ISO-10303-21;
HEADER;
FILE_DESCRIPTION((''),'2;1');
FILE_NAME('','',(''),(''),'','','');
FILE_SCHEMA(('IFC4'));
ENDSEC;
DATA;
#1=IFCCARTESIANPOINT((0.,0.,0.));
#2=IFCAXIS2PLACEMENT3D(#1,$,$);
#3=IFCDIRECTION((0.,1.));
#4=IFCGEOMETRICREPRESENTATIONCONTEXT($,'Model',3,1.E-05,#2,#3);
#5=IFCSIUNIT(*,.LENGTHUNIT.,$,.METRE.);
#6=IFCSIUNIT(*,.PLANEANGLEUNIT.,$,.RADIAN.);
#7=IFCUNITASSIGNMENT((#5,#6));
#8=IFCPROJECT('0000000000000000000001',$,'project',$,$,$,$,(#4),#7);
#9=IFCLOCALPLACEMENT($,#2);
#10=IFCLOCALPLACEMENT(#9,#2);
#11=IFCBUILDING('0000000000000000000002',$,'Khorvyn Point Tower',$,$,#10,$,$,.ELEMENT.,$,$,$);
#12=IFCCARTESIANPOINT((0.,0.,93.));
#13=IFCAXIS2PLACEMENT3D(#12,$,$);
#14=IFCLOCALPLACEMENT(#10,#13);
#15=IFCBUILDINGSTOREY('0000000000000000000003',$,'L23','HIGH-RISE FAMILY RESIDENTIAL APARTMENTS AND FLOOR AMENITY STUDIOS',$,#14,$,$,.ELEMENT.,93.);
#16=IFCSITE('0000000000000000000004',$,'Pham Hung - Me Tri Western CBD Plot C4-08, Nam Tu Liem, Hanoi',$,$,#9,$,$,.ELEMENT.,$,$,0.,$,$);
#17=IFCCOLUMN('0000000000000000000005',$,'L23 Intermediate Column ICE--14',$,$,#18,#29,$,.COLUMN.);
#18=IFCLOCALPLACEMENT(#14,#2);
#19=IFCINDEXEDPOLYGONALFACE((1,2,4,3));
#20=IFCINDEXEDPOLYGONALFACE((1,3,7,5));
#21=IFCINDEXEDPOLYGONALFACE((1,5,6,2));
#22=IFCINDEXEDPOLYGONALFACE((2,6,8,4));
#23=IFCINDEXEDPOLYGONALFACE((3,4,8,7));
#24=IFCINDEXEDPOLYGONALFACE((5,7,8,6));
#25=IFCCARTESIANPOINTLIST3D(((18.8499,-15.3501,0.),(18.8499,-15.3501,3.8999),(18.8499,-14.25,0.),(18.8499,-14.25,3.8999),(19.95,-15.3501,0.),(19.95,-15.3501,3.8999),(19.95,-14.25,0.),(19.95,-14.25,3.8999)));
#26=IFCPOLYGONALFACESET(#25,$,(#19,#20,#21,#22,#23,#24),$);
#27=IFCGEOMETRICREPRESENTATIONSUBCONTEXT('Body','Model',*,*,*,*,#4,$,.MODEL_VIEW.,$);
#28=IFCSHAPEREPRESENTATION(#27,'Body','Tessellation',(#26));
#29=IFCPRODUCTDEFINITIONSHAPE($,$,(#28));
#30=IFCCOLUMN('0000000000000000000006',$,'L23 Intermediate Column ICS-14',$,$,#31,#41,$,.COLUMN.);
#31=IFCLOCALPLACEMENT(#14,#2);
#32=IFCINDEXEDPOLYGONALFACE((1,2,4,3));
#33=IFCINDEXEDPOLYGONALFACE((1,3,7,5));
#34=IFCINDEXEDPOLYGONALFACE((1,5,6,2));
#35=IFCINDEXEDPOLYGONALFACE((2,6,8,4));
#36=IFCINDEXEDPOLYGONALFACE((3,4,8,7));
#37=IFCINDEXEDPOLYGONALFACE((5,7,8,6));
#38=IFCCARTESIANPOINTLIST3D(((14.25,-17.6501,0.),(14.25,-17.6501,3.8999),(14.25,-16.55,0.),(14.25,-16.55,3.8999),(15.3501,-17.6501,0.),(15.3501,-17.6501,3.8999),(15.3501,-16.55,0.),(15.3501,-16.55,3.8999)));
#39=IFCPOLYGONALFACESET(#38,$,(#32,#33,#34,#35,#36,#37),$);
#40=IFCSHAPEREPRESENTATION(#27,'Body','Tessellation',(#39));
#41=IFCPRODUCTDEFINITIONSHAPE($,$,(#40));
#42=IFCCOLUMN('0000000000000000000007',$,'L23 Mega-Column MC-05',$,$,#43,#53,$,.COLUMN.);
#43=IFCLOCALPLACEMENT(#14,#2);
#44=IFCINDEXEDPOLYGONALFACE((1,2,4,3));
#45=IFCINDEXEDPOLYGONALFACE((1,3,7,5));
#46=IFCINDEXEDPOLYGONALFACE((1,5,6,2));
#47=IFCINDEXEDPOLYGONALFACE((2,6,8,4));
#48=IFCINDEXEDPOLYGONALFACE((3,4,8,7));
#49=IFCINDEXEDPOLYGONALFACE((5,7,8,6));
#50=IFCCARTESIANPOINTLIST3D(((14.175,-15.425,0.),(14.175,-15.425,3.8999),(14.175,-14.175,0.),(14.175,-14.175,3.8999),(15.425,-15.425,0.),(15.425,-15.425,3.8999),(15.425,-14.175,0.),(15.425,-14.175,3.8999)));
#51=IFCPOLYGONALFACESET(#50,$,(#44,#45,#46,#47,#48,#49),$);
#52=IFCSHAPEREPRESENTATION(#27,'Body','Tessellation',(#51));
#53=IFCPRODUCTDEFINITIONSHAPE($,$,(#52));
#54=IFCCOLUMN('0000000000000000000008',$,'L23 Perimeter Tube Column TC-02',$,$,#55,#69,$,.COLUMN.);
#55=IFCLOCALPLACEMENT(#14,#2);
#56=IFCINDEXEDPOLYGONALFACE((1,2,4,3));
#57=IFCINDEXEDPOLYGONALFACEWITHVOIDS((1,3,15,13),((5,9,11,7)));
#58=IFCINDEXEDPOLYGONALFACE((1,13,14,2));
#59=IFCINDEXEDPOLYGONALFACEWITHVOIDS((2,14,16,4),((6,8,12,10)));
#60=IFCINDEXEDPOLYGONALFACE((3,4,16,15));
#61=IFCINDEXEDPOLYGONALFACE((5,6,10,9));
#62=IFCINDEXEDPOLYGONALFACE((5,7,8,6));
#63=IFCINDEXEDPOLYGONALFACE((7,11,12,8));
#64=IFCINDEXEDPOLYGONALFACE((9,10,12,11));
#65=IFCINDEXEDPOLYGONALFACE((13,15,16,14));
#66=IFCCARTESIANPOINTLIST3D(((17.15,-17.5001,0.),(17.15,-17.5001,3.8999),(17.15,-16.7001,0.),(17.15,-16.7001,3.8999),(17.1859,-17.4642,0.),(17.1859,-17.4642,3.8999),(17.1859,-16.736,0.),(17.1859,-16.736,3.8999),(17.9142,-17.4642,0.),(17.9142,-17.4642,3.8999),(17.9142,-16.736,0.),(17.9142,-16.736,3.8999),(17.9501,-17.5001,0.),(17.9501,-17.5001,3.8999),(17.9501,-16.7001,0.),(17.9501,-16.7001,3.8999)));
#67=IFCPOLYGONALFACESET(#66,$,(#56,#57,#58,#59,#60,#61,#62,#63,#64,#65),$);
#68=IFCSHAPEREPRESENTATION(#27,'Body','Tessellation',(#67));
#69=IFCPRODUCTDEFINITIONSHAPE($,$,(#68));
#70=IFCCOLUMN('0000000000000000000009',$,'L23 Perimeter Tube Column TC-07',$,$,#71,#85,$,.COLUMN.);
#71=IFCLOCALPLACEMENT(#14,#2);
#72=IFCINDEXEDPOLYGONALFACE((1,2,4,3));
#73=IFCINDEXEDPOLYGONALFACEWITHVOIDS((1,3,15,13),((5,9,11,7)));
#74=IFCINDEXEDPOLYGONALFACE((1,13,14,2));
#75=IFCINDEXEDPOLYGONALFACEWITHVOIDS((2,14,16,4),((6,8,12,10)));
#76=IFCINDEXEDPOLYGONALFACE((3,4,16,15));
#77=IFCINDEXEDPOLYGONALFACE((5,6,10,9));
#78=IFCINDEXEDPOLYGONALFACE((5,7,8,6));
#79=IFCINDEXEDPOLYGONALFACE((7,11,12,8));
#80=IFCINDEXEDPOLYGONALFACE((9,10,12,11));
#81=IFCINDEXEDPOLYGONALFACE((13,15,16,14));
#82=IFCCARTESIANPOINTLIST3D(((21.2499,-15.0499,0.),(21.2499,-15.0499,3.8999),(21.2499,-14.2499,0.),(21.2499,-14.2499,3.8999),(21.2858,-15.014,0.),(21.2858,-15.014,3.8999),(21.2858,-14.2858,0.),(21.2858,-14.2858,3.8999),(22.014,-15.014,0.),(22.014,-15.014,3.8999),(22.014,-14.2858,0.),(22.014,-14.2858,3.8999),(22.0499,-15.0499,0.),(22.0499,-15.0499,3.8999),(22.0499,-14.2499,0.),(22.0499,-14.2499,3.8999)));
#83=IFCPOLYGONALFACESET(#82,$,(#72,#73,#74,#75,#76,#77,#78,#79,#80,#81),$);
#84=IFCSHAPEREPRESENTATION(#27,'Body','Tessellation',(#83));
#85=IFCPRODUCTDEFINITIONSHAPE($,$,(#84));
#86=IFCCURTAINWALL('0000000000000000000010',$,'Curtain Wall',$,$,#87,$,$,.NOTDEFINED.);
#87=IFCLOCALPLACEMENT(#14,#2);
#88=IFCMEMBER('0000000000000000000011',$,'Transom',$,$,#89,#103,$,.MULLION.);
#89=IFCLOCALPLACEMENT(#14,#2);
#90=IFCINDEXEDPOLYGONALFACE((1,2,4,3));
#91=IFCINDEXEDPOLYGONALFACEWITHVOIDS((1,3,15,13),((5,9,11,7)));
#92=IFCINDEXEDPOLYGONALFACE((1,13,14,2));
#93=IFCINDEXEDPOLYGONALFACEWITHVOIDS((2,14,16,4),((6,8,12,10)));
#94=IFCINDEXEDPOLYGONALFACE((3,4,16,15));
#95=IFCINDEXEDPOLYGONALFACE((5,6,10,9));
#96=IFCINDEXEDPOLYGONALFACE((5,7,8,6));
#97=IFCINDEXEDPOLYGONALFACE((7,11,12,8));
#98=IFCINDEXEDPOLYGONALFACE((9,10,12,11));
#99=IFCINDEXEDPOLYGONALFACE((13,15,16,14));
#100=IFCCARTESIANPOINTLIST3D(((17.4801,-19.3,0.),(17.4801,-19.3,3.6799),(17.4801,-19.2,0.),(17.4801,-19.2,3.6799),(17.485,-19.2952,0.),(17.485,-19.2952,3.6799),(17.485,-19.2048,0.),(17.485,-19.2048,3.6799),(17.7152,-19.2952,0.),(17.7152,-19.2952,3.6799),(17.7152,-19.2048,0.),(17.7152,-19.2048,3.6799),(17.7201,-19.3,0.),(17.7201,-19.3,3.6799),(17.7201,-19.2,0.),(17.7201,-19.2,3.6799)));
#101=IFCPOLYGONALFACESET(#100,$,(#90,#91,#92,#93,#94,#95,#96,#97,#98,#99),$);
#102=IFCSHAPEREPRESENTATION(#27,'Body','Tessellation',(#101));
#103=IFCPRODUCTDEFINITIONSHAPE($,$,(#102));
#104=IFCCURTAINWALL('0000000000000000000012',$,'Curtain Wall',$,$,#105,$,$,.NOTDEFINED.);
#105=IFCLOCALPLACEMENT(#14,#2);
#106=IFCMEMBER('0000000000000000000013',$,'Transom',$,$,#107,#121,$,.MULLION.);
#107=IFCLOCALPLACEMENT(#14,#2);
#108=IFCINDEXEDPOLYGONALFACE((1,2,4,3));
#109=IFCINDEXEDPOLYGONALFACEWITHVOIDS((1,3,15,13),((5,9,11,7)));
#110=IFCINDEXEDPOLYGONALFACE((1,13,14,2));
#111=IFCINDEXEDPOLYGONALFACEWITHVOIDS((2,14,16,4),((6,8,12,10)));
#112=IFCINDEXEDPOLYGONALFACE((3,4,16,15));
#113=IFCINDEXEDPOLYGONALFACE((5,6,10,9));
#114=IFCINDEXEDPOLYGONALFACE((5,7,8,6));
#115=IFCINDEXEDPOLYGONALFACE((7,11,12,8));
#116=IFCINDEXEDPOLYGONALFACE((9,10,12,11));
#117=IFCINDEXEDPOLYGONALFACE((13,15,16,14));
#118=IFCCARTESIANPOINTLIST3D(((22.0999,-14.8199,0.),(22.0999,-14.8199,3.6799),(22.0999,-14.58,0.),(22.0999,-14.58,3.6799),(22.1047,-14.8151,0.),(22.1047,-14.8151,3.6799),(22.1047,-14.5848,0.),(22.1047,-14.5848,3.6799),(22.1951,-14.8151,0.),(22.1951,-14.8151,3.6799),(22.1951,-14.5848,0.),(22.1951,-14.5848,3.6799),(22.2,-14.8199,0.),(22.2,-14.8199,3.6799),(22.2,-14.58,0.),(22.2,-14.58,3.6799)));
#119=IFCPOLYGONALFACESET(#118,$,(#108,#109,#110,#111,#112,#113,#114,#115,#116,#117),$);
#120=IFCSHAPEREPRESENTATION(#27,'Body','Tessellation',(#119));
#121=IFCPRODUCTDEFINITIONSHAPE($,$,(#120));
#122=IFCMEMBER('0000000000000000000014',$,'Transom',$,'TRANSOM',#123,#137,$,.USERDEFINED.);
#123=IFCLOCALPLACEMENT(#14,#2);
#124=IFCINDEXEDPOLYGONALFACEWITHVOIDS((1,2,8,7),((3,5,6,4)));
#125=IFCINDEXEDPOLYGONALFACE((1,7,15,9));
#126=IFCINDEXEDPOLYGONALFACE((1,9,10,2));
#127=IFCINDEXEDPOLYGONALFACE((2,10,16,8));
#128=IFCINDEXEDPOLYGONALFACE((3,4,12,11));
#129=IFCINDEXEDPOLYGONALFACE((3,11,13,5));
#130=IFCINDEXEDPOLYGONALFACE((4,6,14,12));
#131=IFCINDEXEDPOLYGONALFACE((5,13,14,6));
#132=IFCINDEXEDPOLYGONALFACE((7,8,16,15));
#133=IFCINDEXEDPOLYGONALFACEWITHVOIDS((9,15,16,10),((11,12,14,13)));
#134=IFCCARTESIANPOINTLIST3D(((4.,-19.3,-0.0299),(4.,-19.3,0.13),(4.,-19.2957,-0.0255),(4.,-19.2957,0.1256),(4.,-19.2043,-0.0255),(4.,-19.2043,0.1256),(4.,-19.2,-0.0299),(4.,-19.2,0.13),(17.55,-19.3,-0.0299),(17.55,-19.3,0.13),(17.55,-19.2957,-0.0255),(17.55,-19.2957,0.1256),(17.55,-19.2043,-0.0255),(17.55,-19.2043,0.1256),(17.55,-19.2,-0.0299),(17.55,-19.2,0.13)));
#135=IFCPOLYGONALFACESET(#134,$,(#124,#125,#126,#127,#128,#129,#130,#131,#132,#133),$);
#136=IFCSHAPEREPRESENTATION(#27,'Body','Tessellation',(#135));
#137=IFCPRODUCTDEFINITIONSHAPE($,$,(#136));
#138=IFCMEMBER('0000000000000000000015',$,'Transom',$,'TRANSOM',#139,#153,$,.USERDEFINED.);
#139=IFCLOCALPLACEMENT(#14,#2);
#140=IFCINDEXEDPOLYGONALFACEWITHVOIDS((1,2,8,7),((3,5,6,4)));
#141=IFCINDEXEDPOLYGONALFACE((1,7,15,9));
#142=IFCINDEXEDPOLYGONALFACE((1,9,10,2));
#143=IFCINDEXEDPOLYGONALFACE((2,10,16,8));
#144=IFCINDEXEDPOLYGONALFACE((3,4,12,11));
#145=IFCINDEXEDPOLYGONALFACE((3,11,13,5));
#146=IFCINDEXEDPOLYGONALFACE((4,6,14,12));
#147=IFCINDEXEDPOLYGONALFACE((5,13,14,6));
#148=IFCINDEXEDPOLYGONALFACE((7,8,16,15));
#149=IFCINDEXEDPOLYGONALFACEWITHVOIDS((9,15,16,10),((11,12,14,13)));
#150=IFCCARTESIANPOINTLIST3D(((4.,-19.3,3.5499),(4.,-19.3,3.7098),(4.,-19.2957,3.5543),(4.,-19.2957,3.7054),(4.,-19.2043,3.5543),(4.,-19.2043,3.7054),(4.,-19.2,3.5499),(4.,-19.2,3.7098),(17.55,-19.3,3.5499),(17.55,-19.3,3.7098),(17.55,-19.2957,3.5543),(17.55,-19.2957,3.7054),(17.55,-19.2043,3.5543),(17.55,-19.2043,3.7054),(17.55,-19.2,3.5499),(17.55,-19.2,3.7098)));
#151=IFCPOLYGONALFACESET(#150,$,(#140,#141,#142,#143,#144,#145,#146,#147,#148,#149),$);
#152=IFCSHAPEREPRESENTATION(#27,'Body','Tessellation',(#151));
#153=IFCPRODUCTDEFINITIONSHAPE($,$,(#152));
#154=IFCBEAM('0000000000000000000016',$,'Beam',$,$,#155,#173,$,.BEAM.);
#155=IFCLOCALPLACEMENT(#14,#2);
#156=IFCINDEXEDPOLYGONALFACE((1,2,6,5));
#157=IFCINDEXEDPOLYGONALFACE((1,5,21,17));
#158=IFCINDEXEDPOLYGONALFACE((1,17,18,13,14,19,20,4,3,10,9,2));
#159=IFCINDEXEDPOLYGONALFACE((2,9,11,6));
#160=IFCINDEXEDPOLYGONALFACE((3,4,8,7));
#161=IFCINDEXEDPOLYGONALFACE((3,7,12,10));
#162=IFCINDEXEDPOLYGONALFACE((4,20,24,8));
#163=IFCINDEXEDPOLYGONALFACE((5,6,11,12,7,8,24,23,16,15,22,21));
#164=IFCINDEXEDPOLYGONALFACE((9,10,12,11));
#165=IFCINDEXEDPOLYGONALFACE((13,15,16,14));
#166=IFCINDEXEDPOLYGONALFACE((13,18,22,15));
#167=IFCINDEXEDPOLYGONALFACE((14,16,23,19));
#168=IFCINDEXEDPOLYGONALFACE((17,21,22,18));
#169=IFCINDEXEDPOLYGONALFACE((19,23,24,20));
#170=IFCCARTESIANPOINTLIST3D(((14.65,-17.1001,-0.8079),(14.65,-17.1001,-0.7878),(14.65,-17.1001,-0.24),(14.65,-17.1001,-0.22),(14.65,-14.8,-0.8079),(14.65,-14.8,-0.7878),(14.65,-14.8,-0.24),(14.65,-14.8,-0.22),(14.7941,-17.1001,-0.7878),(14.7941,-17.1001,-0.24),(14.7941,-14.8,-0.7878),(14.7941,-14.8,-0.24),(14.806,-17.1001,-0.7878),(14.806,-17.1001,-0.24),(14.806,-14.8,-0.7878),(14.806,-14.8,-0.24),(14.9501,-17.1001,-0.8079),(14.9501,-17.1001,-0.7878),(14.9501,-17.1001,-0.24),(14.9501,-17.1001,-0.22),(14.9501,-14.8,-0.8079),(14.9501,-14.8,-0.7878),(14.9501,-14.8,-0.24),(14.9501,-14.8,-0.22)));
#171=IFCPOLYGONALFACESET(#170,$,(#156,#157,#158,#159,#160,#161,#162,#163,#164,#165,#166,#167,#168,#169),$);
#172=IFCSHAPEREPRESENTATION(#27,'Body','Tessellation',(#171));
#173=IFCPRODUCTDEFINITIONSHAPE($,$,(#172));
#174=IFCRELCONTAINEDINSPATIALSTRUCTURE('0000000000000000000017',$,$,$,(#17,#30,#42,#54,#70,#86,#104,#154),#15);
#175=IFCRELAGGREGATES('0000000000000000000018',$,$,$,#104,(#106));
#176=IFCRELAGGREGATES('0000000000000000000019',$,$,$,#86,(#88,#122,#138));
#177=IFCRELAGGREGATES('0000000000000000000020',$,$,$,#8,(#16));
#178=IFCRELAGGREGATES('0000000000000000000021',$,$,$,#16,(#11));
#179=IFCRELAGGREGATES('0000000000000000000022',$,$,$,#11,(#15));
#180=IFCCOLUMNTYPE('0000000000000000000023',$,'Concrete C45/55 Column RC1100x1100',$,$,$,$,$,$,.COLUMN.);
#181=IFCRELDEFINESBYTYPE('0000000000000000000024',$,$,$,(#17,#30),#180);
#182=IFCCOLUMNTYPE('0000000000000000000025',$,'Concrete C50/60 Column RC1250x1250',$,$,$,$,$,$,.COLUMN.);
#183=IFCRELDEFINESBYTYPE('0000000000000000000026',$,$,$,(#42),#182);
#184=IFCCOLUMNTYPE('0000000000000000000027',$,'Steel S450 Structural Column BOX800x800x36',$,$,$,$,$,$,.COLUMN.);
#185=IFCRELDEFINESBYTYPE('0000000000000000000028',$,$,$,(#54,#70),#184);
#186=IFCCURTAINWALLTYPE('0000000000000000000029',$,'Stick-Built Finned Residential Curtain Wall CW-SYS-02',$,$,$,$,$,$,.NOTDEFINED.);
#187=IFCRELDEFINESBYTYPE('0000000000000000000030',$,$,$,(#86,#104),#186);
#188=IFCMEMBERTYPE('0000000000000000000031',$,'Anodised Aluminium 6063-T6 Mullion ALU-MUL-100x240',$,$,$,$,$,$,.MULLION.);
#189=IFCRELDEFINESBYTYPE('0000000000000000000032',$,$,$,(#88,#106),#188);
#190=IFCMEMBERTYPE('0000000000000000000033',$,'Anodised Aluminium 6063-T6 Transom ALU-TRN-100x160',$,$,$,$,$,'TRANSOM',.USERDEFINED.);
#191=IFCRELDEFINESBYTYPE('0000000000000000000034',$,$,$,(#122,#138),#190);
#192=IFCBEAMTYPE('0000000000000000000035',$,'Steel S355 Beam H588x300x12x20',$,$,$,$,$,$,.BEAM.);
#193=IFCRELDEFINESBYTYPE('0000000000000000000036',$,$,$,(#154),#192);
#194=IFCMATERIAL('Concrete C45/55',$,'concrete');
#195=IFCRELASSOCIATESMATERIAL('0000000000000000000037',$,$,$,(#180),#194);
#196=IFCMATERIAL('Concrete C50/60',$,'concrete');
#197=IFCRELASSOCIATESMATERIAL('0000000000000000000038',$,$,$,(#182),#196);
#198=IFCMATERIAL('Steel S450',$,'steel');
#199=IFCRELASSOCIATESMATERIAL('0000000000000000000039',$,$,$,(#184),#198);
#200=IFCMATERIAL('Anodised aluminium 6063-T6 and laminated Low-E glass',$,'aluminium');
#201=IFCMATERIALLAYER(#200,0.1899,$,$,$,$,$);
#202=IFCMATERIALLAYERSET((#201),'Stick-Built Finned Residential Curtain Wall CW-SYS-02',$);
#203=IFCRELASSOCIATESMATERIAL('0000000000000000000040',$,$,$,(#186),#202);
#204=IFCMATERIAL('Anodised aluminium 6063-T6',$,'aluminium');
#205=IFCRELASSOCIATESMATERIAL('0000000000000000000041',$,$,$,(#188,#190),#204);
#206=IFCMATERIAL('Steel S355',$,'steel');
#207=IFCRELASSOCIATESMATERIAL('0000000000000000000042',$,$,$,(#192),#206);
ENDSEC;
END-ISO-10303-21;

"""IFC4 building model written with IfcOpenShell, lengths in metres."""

from ifc_helpers import new_model, si_unit, direction, frame, origin, origin_2d, place, context, subcontext, project, spatial, rectangle, hollow_rectangle, i_section, extrude, material, layer, layer_set, material_profile, profile_set, type_object, element, aggregate, save


model = new_model("IFC4")

# Units and contexts
model_context = context("Model", 3, precision=1e-05, world=origin(), true_north=direction((0.0, 1.0)))
body_context = subcontext(model_context, "Body", "Model", "MODEL_VIEW")
ifc_project = project(units=[si_unit("LENGTHUNIT", "METRE"), si_unit("PLANEANGLEUNIT", "RADIAN")], contexts=[model_context])

# Site, building, storey
site_placement = place(None, origin())
site = spatial("IfcSite", under=ifc_project, at=site_placement, Name="Pham Hung - Me Tri Western CBD Plot C4-08, Nam Tu Liem, Hanoi", CompositionType="ELEMENT", RefElevation=0.0)
building_placement = place(site_placement, origin())
building = spatial("IfcBuilding", under=site, at=building_placement, Name="Khorvyn Point Tower", CompositionType="ELEMENT")
storey_placement = place(building_placement, frame((0.0, 0.0, 93.0)))
storey = spatial("IfcBuildingStorey", under=building, at=storey_placement, Name="L23", Description="HIGH-RISE FAMILY RESIDENTIAL APARTMENTS AND FLOOR AMENITY STUDIOS", CompositionType="ELEMENT", Elevation=93.0)

# Columns
ifc_material_1 = material(Name="Concrete C45/55", Category="concrete")
ifc_material_profile_1 = material_profile(ifc_material_1, rectangle(XDim=1.1001, YDim=1.1001, at=origin_2d()))
ifc_profile_set_1 = profile_set([ifc_material_profile_1], Name="Concrete C45/55 RC1100x1100")
column_type_1 = type_object("IfcColumnType", Name="Concrete C45/55 Column RC1100x1100", PredefinedType="COLUMN", material=ifc_profile_set_1)
for number, where, z_axis, x_axis, name in (
    (1, (19.3999, -14.8, 0.0), (0.0, 0.0, 1.0), (1.0, 0.0, 0.0), "L23 Intermediate Column ICE--14"),
    (2, (14.8, -17.1001, 0.0), (0.0, 0.0, 1.0), (1.0, 0.0, 0.0), "L23 Intermediate Column ICS-14"),
):
    element("IfcColumn", number, at=place(storey_placement, frame(where, z_axis=z_axis, x_axis=x_axis)), inside=storey, type_object=column_type_1, Name=name, PredefinedType="COLUMN", context=body_context, shape_type="SweptSolid", body=[
        extrude(rectangle(XDim=1.1001, YDim=1.1001, at=origin_2d()), origin(), (0.0, 0.0, 1.0), 3.8999),
    ])
ifc_material_2 = material(Name="Concrete C50/60", Category="concrete")
ifc_material_profile_2 = material_profile(ifc_material_2, rectangle(XDim=1.25, YDim=1.25, at=origin_2d()))
ifc_profile_set_2 = profile_set([ifc_material_profile_2], Name="Concrete C50/60 RC1250x1250")
column_type_2 = type_object("IfcColumnType", Name="Concrete C50/60 Column RC1250x1250", PredefinedType="COLUMN", material=ifc_profile_set_2)
column_placement = place(storey_placement, frame((14.8, -14.8, 0.0), z_axis=(0.0, 0.0, 1.0), x_axis=(1.0, 0.0, 0.0)))
element("IfcColumn", 3, at=column_placement, inside=storey, type_object=column_type_2, Name="L23 Mega-Column MC-05", PredefinedType="COLUMN", context=body_context, shape_type="SweptSolid", body=[
    extrude(rectangle(XDim=1.25, YDim=1.25, at=origin_2d()), origin(), (0.0, 0.0, 1.0), 3.8999),
])
ifc_material_3 = material(Name="Steel S450", Category="steel")
ifc_material_profile_3 = material_profile(ifc_material_3, hollow_rectangle(XDim=0.8, YDim=0.8, WallThickness=0.0359, at=origin_2d()))
ifc_profile_set_3 = profile_set([ifc_material_profile_3], Name="Steel S450 BOX800x800x36")
column_type_3 = type_object("IfcColumnType", Name="Steel S450 Structural Column BOX800x800x36", PredefinedType="COLUMN", material=ifc_profile_set_3)
for number, where, z_axis, x_axis, name in (
    (4, (17.55, -17.1001, 0.0), (0.0, 0.0, 1.0), (1.0, 0.0, 0.0), "L23 Perimeter Tube Column TC-02"),
    (5, (21.6499, -14.6499, 0.0), (0.0, 0.0, 1.0), (1.0, 0.0, 0.0), "L23 Perimeter Tube Column TC-07"),
):
    element("IfcColumn", number, at=place(storey_placement, frame(where, z_axis=z_axis, x_axis=x_axis)), inside=storey, type_object=column_type_3, Name=name, PredefinedType="COLUMN", context=body_context, shape_type="SweptSolid", body=[
        extrude(hollow_rectangle(XDim=0.8, YDim=0.8, WallThickness=0.0359, at=origin_2d()), origin(), (0.0, 0.0, 1.0), 3.8999),
    ])

# Curtain walls, members
ifc_material_4 = material(Name="Anodised aluminium 6063-T6 and laminated Low-E glass", Category="aluminium")
ifc_layer_1 = layer(ifc_material_4, 0.1899)
ifc_layer_set_1 = layer_set([ifc_layer_1], Name="Stick-Built Finned Residential Curtain Wall CW-SYS-02")
curtain_wall_type = type_object("IfcCurtainWallType", Name="Stick-Built Finned Residential Curtain Wall CW-SYS-02", PredefinedType="NOTDEFINED", material=ifc_layer_set_1)
curtain_wall_1_placement = place(storey_placement, origin())
curtain_wall_1 = element("IfcCurtainWall", 6, at=curtain_wall_1_placement, inside=storey, type_object=curtain_wall_type, Name="Curtain Wall", PredefinedType="NOTDEFINED")
ifc_material_5 = material(Name="Anodised aluminium 6063-T6", Category="aluminium")
ifc_material_profile_4 = material_profile(ifc_material_5, hollow_rectangle(XDim=0.1001, YDim=0.24, WallThickness=0.0049, at=origin_2d()))
ifc_profile_set_4 = profile_set([ifc_material_profile_4], Name="Anodised aluminium 6063-T6 ALU-MUL-100x240")
member_type_1 = type_object("IfcMemberType", Name="Anodised Aluminium 6063-T6 Mullion ALU-MUL-100x240", PredefinedType="MULLION", material=ifc_profile_set_4)
member_1_placement = place(storey_placement, frame((17.6001, -19.25, 0.0), z_axis=(0.0, 0.0, 1.0), x_axis=(0.0, -1.0, 0.0)))
member_1 = element("IfcMember", 7, at=member_1_placement, type_object=member_type_1, Name="Transom", PredefinedType="MULLION", context=body_context, shape_type="SweptSolid", body=[
    extrude(hollow_rectangle(XDim=0.1001, YDim=0.24, WallThickness=0.0049, at=origin_2d()), origin(), (0.0, 0.0, 1.0), 3.6799),
])
curtain_wall_2_placement = place(storey_placement, origin())
curtain_wall_2 = element("IfcCurtainWall", 8, at=curtain_wall_2_placement, inside=storey, type_object=curtain_wall_type, Name="Curtain Wall", PredefinedType="NOTDEFINED")
member_2_placement = place(storey_placement, frame((22.1499, -14.7, 0.0), z_axis=(0.0, 0.0, 1.0), x_axis=(1.0, 0.0, 0.0)))
member_2 = element("IfcMember", 9, at=member_2_placement, type_object=member_type_1, Name="Transom", PredefinedType="MULLION", context=body_context, shape_type="SweptSolid", body=[
    extrude(hollow_rectangle(XDim=0.1001, YDim=0.24, WallThickness=0.0049, at=origin_2d()), origin(), (0.0, 0.0, 1.0), 3.6799),
])
aggregate(curtain_wall_2, [member_2])

# Members
ifc_material_profile_5 = material_profile(ifc_material_5, hollow_rectangle(XDim=0.1001, YDim=0.1599, WallThickness=0.0044, at=origin_2d()))
ifc_profile_set_5 = profile_set([ifc_material_profile_5], Name="Anodised aluminium 6063-T6 ALU-TRN-100x160")
member_type_2 = type_object("IfcMemberType", Name="Anodised Aluminium 6063-T6 Transom ALU-TRN-100x160", ElementType="TRANSOM", PredefinedType="USERDEFINED", material=ifc_profile_set_5)
member_3_placement = place(storey_placement, frame((17.55, -19.25, 0.05), z_axis=(-1.0, 0.0, 0.0), x_axis=(0.0, -1.0, 0.0)))
member_3 = element("IfcMember", 10, at=member_3_placement, type_object=member_type_2, Name="Transom", ObjectType="TRANSOM", PredefinedType="USERDEFINED", context=body_context, shape_type="SweptSolid", body=[
    extrude(hollow_rectangle(XDim=0.1001, YDim=0.1599, WallThickness=0.0044, at=origin_2d()), origin(), (0.0, 0.0, 1.0), 13.55),
])
member_4_placement = place(storey_placement, frame((17.55, -19.25, 3.6299), z_axis=(-1.0, 0.0, 0.0), x_axis=(0.0, -1.0, 0.0)))
member_4 = element("IfcMember", 11, at=member_4_placement, type_object=member_type_2, Name="Transom", ObjectType="TRANSOM", PredefinedType="USERDEFINED", context=body_context, shape_type="SweptSolid", body=[
    extrude(hollow_rectangle(XDim=0.1001, YDim=0.1599, WallThickness=0.0044, at=origin_2d()), origin(), (0.0, 0.0, 1.0), 13.55),
])

# Beam
ifc_material_6 = material(Name="Steel S355", Category="steel")
ifc_material_profile_6 = material_profile(ifc_material_6, i_section(OverallWidth=0.3, OverallDepth=0.5879, WebThickness=0.012, FlangeThickness=0.02, at=origin_2d()))
ifc_profile_set_6 = profile_set([ifc_material_profile_6], Name="Steel S355 H588x300x12x20")
beam_type_1 = type_object("IfcBeamType", Name="Steel S355 Beam H588x300x12x20", PredefinedType="BEAM", material=ifc_profile_set_6)
beam_1_placement = place(storey_placement, frame((14.8, -17.1001, -0.5139), z_axis=(0.0, 1.0, 0.0), x_axis=(-1.0, 0.0, 0.0)))
element("IfcBeam", 12, at=beam_1_placement, inside=storey, type_object=beam_type_1, Name="Beam", PredefinedType="BEAM", context=body_context, shape_type="SweptSolid", body=[
    extrude(i_section(OverallWidth=0.3, OverallDepth=0.5879, WebThickness=0.012, FlangeThickness=0.02, at=origin_2d()), origin(), (0.0, 0.0, 1.0), 2.3),
])

aggregate(curtain_wall_1, [member_1, member_3, member_4])

save(model, "model.ifc")
